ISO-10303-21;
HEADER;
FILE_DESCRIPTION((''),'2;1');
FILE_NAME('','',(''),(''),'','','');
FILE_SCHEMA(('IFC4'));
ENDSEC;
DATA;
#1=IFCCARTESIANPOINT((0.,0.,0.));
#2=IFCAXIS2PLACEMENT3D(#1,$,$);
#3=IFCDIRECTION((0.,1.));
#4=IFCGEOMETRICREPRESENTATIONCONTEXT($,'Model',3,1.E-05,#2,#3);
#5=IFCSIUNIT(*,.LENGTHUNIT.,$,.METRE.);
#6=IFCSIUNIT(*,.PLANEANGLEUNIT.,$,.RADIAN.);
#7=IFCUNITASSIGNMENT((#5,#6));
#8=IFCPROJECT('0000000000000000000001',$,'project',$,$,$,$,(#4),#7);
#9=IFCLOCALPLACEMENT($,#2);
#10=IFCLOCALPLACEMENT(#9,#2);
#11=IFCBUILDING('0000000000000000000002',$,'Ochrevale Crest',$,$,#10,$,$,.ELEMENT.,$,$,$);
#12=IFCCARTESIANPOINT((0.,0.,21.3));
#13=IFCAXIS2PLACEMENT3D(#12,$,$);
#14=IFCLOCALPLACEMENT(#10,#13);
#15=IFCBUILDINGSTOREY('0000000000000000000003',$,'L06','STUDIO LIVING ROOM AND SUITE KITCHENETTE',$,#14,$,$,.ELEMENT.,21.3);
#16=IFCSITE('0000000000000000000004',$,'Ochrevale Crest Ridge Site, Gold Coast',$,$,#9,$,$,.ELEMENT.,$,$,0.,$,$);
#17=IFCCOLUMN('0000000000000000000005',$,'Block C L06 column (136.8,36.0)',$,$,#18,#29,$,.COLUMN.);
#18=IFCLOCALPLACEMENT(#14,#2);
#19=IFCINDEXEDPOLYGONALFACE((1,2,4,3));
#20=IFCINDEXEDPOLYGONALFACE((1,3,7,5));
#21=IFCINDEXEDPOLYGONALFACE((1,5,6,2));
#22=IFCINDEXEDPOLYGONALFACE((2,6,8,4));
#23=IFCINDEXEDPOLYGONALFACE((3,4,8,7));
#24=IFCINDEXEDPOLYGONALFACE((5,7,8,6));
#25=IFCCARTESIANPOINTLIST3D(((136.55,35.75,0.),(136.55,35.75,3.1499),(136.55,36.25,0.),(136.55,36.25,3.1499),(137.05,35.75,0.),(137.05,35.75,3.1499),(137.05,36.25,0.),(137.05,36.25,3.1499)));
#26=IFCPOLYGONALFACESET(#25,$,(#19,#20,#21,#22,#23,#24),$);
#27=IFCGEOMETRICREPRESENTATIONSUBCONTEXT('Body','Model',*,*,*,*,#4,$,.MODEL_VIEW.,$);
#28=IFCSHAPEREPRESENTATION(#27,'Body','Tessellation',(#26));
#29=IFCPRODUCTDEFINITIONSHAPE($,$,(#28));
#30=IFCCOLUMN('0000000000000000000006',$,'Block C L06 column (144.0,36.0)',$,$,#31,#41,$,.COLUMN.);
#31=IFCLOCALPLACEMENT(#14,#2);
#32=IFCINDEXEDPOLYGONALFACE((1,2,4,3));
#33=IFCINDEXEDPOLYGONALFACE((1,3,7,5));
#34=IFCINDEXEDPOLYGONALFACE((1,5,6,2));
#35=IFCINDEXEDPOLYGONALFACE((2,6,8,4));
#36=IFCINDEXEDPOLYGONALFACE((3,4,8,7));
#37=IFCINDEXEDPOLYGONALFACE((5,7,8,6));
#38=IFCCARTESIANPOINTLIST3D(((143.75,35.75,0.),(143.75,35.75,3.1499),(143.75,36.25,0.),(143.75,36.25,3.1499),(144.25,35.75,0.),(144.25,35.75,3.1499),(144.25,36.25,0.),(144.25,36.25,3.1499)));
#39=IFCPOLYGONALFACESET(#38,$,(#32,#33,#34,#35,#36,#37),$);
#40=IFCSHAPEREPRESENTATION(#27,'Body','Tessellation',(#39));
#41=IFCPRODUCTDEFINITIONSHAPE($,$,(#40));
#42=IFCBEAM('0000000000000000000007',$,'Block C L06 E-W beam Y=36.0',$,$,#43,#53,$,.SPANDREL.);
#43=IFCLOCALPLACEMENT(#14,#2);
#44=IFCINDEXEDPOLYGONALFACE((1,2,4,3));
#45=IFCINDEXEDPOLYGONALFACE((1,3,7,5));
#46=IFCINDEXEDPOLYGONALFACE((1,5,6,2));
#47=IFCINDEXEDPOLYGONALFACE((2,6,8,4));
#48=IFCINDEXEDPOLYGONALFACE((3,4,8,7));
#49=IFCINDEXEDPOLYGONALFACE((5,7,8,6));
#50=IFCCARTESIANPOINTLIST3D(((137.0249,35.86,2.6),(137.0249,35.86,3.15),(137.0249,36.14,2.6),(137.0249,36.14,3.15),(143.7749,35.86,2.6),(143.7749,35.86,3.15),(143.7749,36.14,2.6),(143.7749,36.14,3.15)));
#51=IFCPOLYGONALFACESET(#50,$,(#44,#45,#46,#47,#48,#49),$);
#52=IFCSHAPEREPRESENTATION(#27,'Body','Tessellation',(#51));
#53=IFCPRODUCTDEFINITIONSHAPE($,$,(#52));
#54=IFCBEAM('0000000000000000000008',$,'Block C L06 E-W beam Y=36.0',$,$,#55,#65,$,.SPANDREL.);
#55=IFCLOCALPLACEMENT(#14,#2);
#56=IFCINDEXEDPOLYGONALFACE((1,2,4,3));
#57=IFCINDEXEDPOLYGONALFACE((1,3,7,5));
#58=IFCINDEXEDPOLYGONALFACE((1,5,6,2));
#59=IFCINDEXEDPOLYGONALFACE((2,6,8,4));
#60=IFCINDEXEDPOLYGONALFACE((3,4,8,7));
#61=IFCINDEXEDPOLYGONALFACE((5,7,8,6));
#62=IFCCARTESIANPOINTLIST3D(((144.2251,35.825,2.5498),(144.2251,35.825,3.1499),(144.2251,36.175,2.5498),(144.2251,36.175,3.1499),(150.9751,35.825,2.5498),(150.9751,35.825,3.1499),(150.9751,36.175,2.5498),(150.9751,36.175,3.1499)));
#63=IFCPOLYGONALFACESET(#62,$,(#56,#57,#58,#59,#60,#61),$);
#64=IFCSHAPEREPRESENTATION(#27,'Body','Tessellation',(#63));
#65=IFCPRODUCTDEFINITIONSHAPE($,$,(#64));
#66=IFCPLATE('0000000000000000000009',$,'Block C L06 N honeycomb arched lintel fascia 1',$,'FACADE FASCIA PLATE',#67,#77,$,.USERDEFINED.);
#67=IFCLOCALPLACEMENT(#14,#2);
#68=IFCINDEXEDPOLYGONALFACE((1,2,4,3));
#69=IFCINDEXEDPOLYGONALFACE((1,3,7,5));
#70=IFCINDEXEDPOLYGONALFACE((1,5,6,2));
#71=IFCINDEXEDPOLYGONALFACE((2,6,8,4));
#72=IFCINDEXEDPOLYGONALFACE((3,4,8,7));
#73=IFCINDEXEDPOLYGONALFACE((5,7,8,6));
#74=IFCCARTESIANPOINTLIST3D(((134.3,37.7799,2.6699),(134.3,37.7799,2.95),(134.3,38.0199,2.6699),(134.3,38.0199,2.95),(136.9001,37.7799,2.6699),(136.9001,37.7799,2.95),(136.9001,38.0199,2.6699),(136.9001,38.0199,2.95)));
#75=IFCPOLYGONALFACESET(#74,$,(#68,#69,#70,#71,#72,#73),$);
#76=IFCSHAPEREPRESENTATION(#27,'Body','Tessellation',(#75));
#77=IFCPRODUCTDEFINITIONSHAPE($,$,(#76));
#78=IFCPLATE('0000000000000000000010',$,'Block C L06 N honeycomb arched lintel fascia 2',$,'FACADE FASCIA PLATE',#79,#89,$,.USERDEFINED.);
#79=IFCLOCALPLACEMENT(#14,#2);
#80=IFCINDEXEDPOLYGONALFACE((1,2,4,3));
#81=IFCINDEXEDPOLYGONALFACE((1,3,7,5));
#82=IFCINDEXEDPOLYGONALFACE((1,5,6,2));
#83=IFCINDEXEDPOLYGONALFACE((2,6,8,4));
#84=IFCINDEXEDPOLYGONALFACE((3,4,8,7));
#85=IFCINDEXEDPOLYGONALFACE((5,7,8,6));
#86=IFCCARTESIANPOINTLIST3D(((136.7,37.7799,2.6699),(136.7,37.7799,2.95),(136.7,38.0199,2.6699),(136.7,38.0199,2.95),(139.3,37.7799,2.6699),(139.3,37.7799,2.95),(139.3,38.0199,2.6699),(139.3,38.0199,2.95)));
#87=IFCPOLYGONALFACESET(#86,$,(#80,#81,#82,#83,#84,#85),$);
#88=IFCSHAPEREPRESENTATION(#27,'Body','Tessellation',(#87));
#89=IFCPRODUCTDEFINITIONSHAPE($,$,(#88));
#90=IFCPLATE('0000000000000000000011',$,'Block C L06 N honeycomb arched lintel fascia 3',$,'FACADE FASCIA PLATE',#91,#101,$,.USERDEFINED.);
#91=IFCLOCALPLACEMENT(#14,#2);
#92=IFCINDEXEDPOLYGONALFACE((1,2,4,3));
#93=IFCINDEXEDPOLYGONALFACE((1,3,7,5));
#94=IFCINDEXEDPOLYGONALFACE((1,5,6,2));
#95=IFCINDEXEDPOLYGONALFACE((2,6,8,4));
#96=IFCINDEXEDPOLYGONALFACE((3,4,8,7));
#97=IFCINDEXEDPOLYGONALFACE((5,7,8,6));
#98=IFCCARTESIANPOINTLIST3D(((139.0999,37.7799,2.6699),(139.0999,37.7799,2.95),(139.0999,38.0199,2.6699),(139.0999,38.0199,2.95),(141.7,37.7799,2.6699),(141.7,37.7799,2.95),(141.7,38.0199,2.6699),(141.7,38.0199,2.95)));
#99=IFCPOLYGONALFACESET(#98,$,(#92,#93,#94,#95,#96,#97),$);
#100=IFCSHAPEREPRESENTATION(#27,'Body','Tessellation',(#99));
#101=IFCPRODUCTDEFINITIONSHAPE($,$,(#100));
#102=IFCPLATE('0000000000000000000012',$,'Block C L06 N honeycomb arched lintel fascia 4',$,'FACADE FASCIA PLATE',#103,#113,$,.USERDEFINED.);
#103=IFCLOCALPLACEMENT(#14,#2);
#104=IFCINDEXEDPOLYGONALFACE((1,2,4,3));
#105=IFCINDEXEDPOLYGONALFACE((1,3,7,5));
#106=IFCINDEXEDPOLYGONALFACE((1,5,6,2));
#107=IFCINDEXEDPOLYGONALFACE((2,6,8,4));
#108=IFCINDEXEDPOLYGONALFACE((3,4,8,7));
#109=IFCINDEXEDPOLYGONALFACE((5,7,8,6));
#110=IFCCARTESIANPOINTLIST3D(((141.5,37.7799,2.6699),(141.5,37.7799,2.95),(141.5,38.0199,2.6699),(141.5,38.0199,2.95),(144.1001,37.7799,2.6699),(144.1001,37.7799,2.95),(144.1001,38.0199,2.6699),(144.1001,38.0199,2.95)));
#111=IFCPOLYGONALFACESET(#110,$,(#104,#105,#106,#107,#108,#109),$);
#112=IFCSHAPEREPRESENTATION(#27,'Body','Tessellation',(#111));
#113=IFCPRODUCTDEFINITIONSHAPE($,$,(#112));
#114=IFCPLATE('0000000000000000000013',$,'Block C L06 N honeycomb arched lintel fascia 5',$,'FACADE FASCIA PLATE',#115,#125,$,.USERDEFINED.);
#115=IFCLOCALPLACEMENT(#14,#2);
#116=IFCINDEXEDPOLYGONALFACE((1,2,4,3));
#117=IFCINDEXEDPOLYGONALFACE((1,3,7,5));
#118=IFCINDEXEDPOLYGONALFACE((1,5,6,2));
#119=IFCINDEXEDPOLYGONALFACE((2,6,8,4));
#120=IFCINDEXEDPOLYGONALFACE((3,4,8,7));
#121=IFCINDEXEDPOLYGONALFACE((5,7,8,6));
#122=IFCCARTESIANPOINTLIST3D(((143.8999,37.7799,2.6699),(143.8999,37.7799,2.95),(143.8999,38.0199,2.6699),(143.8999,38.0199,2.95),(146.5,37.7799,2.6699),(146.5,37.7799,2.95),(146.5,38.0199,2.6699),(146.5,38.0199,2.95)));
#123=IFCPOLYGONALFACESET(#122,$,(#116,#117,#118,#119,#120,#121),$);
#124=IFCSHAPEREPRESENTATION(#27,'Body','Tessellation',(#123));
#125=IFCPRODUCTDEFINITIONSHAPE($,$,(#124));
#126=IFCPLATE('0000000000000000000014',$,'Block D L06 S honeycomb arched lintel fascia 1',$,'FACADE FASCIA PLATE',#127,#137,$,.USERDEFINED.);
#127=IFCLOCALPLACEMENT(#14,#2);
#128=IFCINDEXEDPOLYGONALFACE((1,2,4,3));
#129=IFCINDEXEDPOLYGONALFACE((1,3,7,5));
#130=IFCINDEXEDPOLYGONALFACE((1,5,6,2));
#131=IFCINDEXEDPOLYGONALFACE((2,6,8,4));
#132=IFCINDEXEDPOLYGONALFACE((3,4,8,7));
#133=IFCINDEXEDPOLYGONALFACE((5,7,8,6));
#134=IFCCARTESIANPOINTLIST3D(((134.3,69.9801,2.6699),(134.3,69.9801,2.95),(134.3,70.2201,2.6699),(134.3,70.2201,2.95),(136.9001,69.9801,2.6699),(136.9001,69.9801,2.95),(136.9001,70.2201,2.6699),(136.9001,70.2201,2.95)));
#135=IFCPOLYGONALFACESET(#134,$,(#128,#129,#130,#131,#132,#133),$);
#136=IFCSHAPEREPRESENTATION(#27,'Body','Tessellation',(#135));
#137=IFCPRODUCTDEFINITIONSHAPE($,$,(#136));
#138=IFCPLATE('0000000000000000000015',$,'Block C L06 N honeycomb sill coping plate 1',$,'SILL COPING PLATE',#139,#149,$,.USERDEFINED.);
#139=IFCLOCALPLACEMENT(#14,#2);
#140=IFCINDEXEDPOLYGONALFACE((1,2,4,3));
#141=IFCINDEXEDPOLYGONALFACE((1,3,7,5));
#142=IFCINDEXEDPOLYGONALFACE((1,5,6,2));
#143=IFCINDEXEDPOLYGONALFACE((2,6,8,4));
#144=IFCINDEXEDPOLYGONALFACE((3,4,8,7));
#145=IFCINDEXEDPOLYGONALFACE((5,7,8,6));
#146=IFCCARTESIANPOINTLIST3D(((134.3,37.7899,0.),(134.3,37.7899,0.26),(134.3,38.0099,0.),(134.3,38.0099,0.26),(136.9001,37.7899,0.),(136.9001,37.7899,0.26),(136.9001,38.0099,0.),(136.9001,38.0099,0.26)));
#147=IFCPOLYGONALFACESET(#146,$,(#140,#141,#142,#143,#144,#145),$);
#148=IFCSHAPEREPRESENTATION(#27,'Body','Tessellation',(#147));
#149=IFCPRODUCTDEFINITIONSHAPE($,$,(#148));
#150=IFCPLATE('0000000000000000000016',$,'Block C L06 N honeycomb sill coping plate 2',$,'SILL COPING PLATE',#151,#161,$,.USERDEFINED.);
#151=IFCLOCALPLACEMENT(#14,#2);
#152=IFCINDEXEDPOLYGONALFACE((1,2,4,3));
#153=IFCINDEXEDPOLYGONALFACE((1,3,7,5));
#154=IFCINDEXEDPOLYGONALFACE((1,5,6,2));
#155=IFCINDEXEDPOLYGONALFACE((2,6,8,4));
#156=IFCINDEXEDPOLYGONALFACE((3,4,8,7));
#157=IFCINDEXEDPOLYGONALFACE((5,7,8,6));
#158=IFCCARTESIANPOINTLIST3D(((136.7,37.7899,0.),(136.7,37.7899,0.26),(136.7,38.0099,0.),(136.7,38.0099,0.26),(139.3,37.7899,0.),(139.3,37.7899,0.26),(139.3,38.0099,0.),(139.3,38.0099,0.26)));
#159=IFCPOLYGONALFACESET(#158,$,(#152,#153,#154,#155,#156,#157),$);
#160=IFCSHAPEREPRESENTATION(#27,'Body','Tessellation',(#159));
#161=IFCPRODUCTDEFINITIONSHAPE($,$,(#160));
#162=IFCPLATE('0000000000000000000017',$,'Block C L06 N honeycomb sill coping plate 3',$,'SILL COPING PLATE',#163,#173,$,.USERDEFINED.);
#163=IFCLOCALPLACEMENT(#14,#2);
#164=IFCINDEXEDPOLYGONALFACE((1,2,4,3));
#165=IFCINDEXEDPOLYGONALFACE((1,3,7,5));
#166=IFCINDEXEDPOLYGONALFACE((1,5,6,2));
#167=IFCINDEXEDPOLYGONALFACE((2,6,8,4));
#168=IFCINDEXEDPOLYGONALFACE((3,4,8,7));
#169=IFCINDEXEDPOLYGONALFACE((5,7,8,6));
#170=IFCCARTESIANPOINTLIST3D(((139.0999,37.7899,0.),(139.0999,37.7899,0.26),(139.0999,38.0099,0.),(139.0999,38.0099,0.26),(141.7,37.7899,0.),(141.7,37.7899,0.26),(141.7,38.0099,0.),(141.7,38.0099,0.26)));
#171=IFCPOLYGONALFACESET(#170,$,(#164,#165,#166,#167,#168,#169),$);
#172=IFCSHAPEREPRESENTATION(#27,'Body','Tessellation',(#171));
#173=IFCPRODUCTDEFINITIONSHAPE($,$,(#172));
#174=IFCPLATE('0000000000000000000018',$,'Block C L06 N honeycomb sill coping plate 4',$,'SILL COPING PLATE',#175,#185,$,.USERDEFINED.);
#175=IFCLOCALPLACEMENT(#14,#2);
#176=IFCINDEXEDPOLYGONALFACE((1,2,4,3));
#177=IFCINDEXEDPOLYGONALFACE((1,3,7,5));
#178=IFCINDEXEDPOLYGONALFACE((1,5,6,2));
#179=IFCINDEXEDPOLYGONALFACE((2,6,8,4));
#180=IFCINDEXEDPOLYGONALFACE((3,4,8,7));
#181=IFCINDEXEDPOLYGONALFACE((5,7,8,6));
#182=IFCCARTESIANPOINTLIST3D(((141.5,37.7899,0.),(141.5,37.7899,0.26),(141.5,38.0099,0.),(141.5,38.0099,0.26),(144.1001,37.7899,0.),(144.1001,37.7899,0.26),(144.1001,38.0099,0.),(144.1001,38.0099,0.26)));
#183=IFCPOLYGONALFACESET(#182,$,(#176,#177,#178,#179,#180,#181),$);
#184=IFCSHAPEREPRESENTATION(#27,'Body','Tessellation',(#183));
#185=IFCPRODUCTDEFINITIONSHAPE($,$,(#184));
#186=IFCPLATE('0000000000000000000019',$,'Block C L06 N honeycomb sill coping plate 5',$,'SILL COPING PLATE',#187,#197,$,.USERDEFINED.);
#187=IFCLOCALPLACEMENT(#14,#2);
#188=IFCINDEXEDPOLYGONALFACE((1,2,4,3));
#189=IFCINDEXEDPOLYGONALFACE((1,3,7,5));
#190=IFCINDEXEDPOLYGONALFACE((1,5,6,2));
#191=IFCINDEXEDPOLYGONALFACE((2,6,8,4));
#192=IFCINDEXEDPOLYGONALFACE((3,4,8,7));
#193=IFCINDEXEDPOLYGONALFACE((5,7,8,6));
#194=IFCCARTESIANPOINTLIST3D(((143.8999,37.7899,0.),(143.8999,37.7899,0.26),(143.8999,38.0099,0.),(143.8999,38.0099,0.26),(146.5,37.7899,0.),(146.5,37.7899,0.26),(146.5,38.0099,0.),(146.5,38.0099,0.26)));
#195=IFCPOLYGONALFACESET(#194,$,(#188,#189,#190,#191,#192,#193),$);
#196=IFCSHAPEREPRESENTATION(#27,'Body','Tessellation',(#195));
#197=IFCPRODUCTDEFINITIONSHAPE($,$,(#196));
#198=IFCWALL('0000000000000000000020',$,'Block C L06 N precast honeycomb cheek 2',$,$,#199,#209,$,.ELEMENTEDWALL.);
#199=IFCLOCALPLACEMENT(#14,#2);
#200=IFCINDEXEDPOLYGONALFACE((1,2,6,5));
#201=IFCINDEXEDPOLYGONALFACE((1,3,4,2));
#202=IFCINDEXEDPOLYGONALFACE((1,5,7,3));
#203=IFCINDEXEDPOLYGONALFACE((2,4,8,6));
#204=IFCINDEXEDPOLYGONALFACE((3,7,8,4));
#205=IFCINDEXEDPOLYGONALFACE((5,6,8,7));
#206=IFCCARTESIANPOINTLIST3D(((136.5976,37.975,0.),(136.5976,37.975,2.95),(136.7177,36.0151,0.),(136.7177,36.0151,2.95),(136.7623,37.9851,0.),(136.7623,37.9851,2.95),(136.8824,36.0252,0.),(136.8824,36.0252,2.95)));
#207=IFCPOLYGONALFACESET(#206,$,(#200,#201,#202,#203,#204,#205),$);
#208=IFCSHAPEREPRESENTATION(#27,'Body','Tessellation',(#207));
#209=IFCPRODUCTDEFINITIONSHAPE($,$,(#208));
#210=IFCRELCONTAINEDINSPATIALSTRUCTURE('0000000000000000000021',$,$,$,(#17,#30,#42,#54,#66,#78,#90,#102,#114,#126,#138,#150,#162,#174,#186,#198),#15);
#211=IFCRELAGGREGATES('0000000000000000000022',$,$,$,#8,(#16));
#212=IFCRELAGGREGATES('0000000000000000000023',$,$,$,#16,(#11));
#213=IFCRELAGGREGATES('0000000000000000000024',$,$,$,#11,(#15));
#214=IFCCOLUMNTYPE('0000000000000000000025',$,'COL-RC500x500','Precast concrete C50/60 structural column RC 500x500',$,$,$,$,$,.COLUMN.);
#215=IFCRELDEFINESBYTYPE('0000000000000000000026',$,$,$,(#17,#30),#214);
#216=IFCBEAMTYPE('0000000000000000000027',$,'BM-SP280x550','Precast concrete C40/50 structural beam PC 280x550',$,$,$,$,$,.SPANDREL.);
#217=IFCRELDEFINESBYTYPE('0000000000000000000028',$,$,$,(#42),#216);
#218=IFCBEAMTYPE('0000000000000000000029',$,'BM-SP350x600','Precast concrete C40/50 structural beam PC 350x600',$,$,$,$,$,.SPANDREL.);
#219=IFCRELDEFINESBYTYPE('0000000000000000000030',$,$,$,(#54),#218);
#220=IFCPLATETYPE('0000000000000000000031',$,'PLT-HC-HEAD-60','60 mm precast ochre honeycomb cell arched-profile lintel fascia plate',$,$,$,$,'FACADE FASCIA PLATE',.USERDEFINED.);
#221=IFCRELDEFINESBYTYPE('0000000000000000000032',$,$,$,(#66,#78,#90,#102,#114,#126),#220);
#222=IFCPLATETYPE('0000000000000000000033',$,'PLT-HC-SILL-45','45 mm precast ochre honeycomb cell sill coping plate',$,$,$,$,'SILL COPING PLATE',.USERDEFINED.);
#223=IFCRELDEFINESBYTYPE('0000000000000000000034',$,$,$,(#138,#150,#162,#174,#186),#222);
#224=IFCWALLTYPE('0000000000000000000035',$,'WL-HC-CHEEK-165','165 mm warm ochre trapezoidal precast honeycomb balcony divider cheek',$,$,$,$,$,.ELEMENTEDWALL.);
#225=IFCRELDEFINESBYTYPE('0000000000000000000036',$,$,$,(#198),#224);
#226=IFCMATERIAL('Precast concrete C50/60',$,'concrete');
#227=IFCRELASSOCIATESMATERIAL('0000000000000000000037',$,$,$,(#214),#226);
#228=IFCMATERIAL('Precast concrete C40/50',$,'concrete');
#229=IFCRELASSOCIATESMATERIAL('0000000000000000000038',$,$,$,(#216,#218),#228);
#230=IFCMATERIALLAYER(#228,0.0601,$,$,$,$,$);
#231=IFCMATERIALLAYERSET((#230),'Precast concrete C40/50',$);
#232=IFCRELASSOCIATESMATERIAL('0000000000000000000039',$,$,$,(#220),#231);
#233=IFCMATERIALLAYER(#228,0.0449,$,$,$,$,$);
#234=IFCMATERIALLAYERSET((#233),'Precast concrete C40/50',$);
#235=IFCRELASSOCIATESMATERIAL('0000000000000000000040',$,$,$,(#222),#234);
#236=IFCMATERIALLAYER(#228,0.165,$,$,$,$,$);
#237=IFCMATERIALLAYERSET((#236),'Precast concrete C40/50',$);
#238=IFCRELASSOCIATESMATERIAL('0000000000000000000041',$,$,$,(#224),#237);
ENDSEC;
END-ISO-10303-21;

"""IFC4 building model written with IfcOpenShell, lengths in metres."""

from ifc_helpers import new_model, si_unit, direction, frame, frame_2d, origin, origin_2d, place, context, subcontext, project, spatial, rectangle, extrude, material, layer, layer_set, material_profile, profile_set, type_object, element, save


model = new_model("IFC4")

# Units and contexts
model_context = context("Model", 3, precision=1e-05, world=origin(), true_north=direction((0.0, 1.0)))
body_context = subcontext(model_context, "Body", "Model", "MODEL_VIEW")
ifc_project = project(units=[si_unit("LENGTHUNIT", "METRE"), si_unit("PLANEANGLEUNIT", "RADIAN")], contexts=[model_context])

# Site, building, storey
site_placement = place(None, origin())
site = spatial("IfcSite", under=ifc_project, at=site_placement, Name="Ochrevale Crest Ridge Site, Gold Coast", CompositionType="ELEMENT", RefElevation=0.0)
building_placement = place(site_placement, origin())
building = spatial("IfcBuilding", under=site, at=building_placement, Name="Ochrevale Crest", CompositionType="ELEMENT")
storey_placement = place(building_placement, frame((0.0, 0.0, 21.3)))
storey = spatial("IfcBuildingStorey", under=building, at=storey_placement, Name="L06", Description="STUDIO LIVING ROOM AND SUITE KITCHENETTE", CompositionType="ELEMENT", Elevation=21.3)

# Columns
ifc_material_1 = material(Name="Precast concrete C50/60", Category="concrete")
ifc_material_profile_1 = material_profile(ifc_material_1, rectangle(XDim=0.5, YDim=0.5, at=origin_2d()), Name="RC 500x500")
ifc_profile_set_1 = profile_set([ifc_material_profile_1], Name="Precast concrete C50/60")
column_type = type_object("IfcColumnType", Name="COL-RC500x500", Description="Precast concrete C50/60 structural column RC 500x500", PredefinedType="COLUMN", material=ifc_profile_set_1)
for number, where, z_axis, x_axis, name in (
    (1, (136.8, 36.0, 0.0), (0.0, 0.0, 1.0), (1.0, 0.0, 0.0), "Block C L06 column (136.8,36.0)"),
    (2, (144.0, 36.0, 0.0), (0.0, 0.0, 1.0), (1.0, 0.0, 0.0), "Block C L06 column (144.0,36.0)"),
):
    element("IfcColumn", number, at=place(storey_placement, frame(where, z_axis=z_axis, x_axis=x_axis)), inside=storey, type_object=column_type, Name=name, PredefinedType="COLUMN", context=body_context, shape_type="SweptSolid", body=[
        extrude(rectangle(XDim=0.5, YDim=0.5, at=origin_2d()), origin(), (0.0, 0.0, 1.0), 3.1499),
    ])

# Beams
ifc_material_2 = material(Name="Precast concrete C40/50", Category="concrete")
ifc_material_profile_2 = material_profile(ifc_material_2, rectangle(XDim=0.28, YDim=0.55, at=origin_2d()), Name="PC 280x550")
ifc_profile_set_2 = profile_set([ifc_material_profile_2], Name="Precast concrete C40/50")
beam_type_1 = type_object("IfcBeamType", Name="BM-SP280x550", Description="Precast concrete C40/50 structural beam PC 280x550", PredefinedType="SPANDREL", material=ifc_profile_set_2)
beam_1_placement = place(storey_placement, frame((137.0249, 36.0, 2.875), z_axis=(1.0, 0.0, 0.0), x_axis=(0.0, 1.0, 0.0)))
element("IfcBeam", 3, at=beam_1_placement, inside=storey, type_object=beam_type_1, Name="Block C L06 E-W beam Y=36.0", PredefinedType="SPANDREL", context=body_context, shape_type="SweptSolid", body=[
    extrude(rectangle(XDim=0.28, YDim=0.55, at=origin_2d()), origin(), (0.0, 0.0, 1.0), 6.75),
])
ifc_material_profile_3 = material_profile(ifc_material_2, rectangle(XDim=0.3501, YDim=0.6001, at=origin_2d()), Name="PC 350x600")
ifc_profile_set_3 = profile_set([ifc_material_profile_3], Name="Precast concrete C40/50")
beam_type_2 = type_object("IfcBeamType", Name="BM-SP350x600", Description="Precast concrete C40/50 structural beam PC 350x600", PredefinedType="SPANDREL", material=ifc_profile_set_3)
beam_2_placement = place(storey_placement, frame((144.2251, 36.0, 2.8499), z_axis=(1.0, 0.0, 0.0), x_axis=(0.0, 1.0, 0.0)))
element("IfcBeam", 4, at=beam_2_placement, inside=storey, type_object=beam_type_2, Name="Block C L06 E-W beam Y=36.0", PredefinedType="SPANDREL", context=body_context, shape_type="SweptSolid", body=[
    extrude(rectangle(XDim=0.3501, YDim=0.6001, at=origin_2d()), origin(), (0.0, 0.0, 1.0), 6.75),
])

# Plates
ifc_layer_1 = layer(ifc_material_2, 0.0601)
ifc_layer_set_1 = layer_set([ifc_layer_1], Name="Precast concrete C40/50")
plate_type_1 = type_object("IfcPlateType", Name="PLT-HC-HEAD-60", Description="60 mm precast ochre honeycomb cell arched-profile lintel fascia plate", ElementType="FACADE FASCIA PLATE", PredefinedType="USERDEFINED", material=ifc_layer_set_1)
for number, where, z_axis, x_axis, name in (
    (5, (135.6001, 37.8999, 2.6699), (0.0, 0.0, 1.0), (1.0, 0.0, 0.0), "Block C L06 N honeycomb arched lintel fascia 1"),
    (6, (138.0, 37.8999, 2.6699), (0.0, 0.0, 1.0), (1.0, 0.0, 0.0), "Block C L06 N honeycomb arched lintel fascia 2"),
    (7, (140.3999, 37.8999, 2.6699), (0.0, 0.0, 1.0), (1.0, 0.0, 0.0), "Block C L06 N honeycomb arched lintel fascia 3"),
    (8, (142.8, 37.8999, 2.6699), (0.0, 0.0, 1.0), (1.0, 0.0, 0.0), "Block C L06 N honeycomb arched lintel fascia 4"),
    (9, (145.2, 37.8999, 2.6699), (0.0, 0.0, 1.0), (1.0, 0.0, 0.0), "Block C L06 N honeycomb arched lintel fascia 5"),
    (10, (135.6001, 70.1001, 2.6699), (0.0, 0.0, 1.0), (1.0, 0.0, 0.0), "Block D L06 S honeycomb arched lintel fascia 1"),
):
    element("IfcPlate", number, at=place(storey_placement, frame(where, z_axis=z_axis, x_axis=x_axis)), inside=storey, type_object=plate_type_1, Name=name, ObjectType="FACADE FASCIA PLATE", PredefinedType="USERDEFINED", context=body_context, shape_type="SweptSolid", body=[
        extrude(rectangle(XDim=2.6001, YDim=0.24, at=origin_2d()), origin(), (0.0, 0.0, 1.0), 0.28),
    ])
ifc_layer_2 = layer(ifc_material_2, 0.0449)
ifc_layer_set_2 = layer_set([ifc_layer_2], Name="Precast concrete C40/50")
plate_type_2 = type_object("IfcPlateType", Name="PLT-HC-SILL-45", Description="45 mm precast ochre honeycomb cell sill coping plate", ElementType="SILL COPING PLATE", PredefinedType="USERDEFINED", material=ifc_layer_set_2)
for number, where, z_axis, x_axis, name in (
    (11, (135.6001, 37.8999, 0.0), (0.0, 0.0, 1.0), (1.0, 0.0, 0.0), "Block C L06 N honeycomb sill coping plate 1"),
    (12, (138.0, 37.8999, 0.0), (0.0, 0.0, 1.0), (1.0, 0.0, 0.0), "Block C L06 N honeycomb sill coping plate 2"),
    (13, (140.3999, 37.8999, 0.0), (0.0, 0.0, 1.0), (1.0, 0.0, 0.0), "Block C L06 N honeycomb sill coping plate 3"),
    (14, (142.8, 37.8999, 0.0), (0.0, 0.0, 1.0), (1.0, 0.0, 0.0), "Block C L06 N honeycomb sill coping plate 4"),
    (15, (145.2, 37.8999, 0.0), (0.0, 0.0, 1.0), (1.0, 0.0, 0.0), "Block C L06 N honeycomb sill coping plate 5"),
):
    element("IfcPlate", number, at=place(storey_placement, frame(where, z_axis=z_axis, x_axis=x_axis)), inside=storey, type_object=plate_type_2, Name=name, ObjectType="SILL COPING PLATE", PredefinedType="USERDEFINED", context=body_context, shape_type="SweptSolid", body=[
        extrude(rectangle(XDim=2.6001, YDim=0.22, at=origin_2d()), origin(), (0.0, 0.0, 1.0), 0.26),
    ])

# Wall
ifc_layer_3 = layer(ifc_material_2, 0.165)
ifc_layer_set_3 = layer_set([ifc_layer_3], Name="Precast concrete C40/50")
wall_type_1 = type_object("IfcWallType", Name="WL-HC-CHEEK-165", Description="165 mm warm ochre trapezoidal precast honeycomb balcony divider cheek", PredefinedType="ELEMENTEDWALL", material=ifc_layer_set_3)
wall_1_placement = place(storey_placement, frame((136.8, 36.02, 0.0), z_axis=(0.0, 0.0, 1.0), x_axis=(-0.061171, 0.998127, 0.0)))
element("IfcWall", 16, at=wall_1_placement, inside=storey, type_object=wall_type_1, Name="Block C L06 N precast honeycomb cheek 2", PredefinedType="ELEMENTEDWALL", context=body_context, shape_type="SweptSolid", body=[
    extrude(rectangle(XDim=1.9636, YDim=0.165, at=frame_2d((0.9819, 0.0))), origin(), (0.0, 0.0, 1.0), 2.95),
])

save(model, "model.ifc")
